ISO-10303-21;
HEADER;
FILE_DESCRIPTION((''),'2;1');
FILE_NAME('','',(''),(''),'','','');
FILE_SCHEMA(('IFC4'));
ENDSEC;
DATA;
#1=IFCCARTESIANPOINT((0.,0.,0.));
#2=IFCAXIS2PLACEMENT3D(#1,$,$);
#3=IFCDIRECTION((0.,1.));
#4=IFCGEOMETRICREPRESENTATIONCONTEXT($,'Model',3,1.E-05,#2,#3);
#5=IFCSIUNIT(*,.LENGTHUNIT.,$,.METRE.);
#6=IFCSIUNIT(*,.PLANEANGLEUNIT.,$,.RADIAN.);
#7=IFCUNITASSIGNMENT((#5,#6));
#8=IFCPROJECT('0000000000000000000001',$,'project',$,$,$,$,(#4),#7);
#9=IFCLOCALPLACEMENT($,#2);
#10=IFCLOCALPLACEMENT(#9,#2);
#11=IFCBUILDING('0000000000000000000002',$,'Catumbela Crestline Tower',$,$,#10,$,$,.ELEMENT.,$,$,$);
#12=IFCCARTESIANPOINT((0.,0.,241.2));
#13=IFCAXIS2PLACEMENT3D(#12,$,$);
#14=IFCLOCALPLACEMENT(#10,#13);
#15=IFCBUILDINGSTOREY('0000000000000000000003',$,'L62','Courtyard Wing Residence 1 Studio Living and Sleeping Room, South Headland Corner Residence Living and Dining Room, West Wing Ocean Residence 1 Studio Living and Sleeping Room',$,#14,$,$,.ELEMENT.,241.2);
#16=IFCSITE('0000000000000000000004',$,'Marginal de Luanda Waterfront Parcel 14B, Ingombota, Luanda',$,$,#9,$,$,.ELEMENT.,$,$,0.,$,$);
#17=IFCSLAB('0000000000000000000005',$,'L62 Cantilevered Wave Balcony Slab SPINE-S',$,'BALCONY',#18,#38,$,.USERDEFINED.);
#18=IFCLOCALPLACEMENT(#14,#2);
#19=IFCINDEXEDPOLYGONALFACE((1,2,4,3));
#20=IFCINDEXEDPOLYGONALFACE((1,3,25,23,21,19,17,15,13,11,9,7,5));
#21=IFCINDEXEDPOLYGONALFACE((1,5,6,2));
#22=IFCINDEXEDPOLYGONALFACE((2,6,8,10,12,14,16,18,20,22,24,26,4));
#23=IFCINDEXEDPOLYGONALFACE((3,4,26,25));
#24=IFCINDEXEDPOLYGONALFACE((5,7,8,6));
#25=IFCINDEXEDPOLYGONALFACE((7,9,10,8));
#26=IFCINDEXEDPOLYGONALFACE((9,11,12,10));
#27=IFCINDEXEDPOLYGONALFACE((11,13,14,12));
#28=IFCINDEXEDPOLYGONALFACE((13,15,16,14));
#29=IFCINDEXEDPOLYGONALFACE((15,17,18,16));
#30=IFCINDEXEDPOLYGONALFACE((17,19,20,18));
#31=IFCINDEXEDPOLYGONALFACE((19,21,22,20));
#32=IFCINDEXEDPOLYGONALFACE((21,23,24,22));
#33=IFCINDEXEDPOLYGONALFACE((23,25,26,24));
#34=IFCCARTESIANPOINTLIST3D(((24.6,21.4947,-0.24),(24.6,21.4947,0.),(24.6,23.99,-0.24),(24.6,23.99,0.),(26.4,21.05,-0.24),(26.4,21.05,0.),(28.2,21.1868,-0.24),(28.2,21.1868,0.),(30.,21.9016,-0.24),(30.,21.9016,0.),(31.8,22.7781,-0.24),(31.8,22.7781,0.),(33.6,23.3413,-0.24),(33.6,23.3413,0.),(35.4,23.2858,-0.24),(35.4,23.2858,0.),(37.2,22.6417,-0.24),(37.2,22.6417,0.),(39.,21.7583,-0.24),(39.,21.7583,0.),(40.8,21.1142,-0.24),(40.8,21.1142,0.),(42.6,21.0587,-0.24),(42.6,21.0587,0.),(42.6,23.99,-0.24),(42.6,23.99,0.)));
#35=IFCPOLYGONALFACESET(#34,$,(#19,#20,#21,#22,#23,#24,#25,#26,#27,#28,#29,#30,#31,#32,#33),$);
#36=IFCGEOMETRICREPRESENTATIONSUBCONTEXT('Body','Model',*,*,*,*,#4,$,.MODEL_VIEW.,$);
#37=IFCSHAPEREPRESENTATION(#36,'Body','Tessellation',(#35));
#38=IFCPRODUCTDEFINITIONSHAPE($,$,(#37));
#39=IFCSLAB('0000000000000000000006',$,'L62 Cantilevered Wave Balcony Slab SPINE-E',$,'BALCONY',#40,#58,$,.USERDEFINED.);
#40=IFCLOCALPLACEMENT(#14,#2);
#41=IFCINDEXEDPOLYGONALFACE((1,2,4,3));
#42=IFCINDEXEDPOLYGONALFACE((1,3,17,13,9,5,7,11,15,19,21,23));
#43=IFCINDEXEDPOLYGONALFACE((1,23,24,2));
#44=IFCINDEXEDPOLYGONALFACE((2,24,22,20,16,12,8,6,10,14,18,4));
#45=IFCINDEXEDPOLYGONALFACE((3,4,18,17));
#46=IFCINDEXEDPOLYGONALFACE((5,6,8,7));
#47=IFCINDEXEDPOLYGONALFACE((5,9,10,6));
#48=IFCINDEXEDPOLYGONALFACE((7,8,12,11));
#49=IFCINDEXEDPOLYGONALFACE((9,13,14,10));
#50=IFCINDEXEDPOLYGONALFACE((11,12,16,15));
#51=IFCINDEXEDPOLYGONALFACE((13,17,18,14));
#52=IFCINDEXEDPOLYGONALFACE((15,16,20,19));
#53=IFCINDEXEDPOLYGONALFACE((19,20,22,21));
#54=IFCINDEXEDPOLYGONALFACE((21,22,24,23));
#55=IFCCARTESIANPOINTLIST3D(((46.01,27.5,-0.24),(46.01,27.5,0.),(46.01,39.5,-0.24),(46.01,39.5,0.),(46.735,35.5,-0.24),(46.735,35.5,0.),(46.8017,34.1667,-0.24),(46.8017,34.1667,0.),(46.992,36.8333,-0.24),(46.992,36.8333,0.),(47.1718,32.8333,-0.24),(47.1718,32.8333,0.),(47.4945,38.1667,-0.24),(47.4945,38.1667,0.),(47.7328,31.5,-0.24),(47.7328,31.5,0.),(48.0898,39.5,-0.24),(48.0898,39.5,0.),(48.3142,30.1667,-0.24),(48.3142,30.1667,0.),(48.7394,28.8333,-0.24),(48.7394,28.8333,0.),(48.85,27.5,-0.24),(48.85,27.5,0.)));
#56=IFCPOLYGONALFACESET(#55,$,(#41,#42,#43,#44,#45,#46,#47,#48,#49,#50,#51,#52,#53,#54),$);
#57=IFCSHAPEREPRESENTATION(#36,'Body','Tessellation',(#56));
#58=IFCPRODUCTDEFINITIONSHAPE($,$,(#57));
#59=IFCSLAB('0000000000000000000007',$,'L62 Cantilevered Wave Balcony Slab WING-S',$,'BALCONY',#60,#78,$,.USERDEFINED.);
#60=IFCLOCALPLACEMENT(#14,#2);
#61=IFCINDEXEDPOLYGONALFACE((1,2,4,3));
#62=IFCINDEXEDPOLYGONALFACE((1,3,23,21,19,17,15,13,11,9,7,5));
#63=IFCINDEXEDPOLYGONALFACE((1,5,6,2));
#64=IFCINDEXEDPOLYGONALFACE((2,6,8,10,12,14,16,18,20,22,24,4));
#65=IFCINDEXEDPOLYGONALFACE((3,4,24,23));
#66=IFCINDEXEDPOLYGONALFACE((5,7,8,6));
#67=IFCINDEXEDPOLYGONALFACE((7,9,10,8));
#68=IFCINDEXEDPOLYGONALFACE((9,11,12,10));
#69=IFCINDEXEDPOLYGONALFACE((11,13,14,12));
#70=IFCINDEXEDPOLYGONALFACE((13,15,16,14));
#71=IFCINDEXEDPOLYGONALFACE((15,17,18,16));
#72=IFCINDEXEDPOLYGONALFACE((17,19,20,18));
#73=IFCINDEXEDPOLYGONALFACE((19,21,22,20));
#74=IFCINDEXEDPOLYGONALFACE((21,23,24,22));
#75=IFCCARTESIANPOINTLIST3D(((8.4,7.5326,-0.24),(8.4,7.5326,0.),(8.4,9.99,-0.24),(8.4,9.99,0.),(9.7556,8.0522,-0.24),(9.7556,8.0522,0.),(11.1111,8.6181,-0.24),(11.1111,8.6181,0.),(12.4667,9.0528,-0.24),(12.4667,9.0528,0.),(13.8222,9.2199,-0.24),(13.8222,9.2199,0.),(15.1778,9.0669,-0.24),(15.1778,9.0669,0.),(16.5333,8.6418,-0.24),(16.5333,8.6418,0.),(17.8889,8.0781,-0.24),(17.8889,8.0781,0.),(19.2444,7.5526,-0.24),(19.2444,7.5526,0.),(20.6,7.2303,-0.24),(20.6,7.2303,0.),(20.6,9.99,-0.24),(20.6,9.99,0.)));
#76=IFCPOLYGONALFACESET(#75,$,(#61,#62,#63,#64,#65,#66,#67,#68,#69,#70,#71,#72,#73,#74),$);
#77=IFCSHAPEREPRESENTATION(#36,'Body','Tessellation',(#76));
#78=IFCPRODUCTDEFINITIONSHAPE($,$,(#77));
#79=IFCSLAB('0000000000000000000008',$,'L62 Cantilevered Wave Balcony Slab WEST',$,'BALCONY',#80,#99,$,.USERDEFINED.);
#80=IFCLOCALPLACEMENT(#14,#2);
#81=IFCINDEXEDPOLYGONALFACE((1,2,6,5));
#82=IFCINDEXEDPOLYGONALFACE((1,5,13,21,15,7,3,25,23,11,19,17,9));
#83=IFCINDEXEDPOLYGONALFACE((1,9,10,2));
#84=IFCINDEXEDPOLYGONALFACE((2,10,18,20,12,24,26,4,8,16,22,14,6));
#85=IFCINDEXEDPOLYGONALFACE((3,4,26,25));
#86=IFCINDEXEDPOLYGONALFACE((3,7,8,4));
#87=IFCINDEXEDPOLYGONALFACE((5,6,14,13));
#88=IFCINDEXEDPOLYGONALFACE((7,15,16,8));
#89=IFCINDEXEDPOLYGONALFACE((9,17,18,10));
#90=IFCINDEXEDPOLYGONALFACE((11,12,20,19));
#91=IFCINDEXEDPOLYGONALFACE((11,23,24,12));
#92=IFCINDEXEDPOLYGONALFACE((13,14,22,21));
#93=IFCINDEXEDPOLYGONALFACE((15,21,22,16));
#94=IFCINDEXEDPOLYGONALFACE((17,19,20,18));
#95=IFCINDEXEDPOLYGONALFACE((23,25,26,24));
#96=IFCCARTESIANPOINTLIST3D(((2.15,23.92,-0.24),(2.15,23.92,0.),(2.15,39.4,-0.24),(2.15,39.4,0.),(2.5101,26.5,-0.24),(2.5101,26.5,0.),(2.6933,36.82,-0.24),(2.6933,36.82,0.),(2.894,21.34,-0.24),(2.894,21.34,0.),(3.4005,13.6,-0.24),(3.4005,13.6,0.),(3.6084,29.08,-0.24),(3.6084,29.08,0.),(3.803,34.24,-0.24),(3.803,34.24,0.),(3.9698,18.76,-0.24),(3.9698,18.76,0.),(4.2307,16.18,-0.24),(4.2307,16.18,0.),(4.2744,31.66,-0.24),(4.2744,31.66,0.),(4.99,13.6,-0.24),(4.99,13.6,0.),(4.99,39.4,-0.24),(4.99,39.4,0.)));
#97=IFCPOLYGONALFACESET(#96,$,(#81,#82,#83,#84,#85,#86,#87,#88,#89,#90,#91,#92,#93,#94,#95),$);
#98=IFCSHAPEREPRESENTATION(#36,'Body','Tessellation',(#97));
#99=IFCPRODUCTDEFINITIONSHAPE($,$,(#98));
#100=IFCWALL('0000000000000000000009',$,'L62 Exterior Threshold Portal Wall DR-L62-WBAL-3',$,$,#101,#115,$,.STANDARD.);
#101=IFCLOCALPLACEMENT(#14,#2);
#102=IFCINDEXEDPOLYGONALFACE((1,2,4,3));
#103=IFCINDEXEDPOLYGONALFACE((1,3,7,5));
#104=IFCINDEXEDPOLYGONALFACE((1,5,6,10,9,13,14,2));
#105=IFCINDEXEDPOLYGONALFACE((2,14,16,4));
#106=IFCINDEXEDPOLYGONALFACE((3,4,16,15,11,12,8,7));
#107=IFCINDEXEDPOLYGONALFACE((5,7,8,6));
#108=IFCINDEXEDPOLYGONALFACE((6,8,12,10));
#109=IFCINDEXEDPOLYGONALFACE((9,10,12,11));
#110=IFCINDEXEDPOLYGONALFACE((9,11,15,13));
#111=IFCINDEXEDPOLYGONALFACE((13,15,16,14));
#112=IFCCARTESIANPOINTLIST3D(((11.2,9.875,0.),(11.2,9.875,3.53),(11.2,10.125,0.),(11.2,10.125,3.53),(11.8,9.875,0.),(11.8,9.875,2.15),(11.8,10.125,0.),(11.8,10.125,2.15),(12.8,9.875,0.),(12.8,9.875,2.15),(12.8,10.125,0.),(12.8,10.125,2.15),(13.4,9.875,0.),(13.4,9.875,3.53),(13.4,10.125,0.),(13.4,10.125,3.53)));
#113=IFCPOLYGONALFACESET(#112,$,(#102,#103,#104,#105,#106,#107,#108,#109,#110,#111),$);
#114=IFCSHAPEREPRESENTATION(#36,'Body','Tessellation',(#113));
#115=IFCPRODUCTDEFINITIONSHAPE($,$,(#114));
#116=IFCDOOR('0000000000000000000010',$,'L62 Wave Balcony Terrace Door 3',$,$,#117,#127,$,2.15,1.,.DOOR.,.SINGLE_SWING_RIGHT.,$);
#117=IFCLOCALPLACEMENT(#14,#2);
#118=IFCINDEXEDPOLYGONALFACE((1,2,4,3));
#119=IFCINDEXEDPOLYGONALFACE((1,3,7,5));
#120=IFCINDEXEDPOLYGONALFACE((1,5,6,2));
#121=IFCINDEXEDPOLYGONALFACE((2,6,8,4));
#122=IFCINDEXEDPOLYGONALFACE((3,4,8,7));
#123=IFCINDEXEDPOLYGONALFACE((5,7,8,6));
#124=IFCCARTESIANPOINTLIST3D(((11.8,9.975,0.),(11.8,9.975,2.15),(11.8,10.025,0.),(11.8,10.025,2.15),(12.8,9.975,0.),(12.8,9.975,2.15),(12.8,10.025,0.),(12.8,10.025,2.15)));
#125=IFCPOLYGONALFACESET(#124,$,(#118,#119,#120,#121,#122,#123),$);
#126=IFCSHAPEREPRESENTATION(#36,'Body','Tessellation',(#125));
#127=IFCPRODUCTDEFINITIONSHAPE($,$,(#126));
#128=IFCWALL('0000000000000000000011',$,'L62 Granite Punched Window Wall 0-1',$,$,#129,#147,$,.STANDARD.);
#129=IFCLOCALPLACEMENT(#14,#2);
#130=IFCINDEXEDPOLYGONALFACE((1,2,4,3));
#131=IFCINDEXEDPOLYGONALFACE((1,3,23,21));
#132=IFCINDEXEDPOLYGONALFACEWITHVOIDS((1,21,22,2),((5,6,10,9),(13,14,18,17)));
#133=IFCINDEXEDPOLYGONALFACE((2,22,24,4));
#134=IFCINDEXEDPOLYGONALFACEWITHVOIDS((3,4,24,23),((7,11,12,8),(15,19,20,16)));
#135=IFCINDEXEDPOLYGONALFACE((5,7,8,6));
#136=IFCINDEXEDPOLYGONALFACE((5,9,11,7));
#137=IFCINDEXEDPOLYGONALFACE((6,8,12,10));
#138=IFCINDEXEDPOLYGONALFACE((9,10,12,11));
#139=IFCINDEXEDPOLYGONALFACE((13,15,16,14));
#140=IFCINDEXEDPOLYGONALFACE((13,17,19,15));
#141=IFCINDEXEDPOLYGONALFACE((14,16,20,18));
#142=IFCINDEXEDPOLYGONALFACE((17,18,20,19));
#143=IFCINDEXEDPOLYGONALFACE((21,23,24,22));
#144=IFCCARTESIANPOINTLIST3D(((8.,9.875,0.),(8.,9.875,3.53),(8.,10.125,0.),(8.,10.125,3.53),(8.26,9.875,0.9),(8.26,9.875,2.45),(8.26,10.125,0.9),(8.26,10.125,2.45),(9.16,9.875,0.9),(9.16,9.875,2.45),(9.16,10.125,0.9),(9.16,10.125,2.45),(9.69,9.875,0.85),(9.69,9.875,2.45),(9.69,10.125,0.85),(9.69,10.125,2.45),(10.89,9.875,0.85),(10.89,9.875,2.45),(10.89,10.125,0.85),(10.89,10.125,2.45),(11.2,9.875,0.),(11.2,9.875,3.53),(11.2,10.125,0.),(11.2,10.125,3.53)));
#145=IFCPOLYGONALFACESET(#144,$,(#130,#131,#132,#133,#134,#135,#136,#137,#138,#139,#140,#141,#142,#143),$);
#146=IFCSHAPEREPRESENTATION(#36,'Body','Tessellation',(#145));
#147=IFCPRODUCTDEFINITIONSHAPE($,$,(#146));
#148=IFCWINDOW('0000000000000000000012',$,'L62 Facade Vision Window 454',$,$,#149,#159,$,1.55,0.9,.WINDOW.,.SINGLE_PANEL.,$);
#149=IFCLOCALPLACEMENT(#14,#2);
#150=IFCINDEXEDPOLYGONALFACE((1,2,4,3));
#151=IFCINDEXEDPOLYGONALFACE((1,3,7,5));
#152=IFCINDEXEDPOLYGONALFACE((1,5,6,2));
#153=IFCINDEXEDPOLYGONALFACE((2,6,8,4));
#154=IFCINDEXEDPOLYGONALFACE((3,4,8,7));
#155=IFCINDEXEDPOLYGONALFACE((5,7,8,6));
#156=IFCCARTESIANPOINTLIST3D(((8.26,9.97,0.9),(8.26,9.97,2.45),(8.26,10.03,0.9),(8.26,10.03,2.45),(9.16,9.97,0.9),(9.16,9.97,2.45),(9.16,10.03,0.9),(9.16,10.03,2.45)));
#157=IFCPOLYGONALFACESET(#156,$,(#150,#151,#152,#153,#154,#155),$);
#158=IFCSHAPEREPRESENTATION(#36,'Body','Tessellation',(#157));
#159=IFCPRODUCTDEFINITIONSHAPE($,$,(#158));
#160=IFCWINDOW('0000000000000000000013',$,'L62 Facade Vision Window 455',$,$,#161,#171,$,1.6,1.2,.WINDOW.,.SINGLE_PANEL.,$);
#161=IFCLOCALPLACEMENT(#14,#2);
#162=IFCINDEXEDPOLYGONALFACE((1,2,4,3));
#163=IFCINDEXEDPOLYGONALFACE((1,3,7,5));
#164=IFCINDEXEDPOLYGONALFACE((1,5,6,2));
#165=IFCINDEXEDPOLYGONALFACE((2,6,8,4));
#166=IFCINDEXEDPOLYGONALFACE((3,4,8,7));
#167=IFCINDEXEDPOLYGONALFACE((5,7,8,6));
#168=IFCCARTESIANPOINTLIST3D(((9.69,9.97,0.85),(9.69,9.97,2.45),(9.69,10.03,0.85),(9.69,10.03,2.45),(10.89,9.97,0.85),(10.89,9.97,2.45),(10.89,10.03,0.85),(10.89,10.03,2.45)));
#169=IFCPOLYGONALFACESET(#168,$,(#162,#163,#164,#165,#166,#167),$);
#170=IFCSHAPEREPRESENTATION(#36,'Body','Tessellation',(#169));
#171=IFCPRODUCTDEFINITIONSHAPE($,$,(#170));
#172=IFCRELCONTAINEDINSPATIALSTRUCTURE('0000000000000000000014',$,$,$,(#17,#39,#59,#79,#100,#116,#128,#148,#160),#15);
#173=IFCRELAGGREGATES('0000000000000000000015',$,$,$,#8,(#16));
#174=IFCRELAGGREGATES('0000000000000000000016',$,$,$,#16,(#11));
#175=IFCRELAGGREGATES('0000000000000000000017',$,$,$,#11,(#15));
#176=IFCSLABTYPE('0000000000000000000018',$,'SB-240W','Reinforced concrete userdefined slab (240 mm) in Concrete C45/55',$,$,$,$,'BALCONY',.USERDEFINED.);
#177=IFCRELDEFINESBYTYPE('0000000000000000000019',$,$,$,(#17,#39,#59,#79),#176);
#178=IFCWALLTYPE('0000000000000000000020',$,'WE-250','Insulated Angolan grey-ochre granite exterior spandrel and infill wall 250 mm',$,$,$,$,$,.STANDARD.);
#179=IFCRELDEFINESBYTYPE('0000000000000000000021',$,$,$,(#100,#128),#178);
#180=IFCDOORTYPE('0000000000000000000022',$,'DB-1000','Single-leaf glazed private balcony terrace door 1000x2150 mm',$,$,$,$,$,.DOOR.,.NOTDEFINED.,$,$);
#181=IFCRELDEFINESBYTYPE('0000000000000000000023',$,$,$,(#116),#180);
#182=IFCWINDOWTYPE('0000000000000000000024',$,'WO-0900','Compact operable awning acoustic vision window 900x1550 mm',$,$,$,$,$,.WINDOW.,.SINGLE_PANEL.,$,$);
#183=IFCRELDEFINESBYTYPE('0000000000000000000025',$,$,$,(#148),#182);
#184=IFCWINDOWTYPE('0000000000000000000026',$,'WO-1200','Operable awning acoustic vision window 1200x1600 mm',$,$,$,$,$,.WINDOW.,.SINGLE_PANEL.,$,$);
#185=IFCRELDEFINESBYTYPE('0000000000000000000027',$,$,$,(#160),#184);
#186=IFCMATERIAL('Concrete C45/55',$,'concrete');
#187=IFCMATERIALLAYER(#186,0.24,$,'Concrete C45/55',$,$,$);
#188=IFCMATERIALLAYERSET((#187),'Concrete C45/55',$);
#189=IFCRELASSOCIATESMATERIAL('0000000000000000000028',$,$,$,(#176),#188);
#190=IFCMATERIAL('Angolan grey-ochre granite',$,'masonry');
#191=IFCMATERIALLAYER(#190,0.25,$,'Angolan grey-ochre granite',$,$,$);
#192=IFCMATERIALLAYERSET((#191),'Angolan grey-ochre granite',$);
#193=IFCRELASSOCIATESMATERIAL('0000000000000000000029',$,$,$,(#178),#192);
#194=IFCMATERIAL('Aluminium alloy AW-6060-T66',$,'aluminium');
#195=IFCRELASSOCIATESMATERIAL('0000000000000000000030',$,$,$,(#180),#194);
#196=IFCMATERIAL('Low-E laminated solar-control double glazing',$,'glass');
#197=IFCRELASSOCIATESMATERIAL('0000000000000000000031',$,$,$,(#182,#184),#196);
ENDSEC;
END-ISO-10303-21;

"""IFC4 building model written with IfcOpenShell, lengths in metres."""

from ifc_helpers import new_model, si_unit, direction, frame, frame_2d, origin, place, context, subcontext, project, spatial, polyline, rectangle, outline, extrude, material, layer, layer_set, type_object, element, fill, save


model = new_model("IFC4")

# Units and contexts
model_context = context("Model", 3, precision=1e-05, world=origin(), true_north=direction((0.0, 1.0)))
body_context = subcontext(model_context, "Body", "Model", "MODEL_VIEW")
ifc_project = project(units=[si_unit("LENGTHUNIT", "METRE"), si_unit("PLANEANGLEUNIT", "RADIAN")], contexts=[model_context])

# Site, building, storey
site_placement = place(None, origin())
site = spatial("IfcSite", under=ifc_project, at=site_placement, Name="Marginal de Luanda Waterfront Parcel 14B, Ingombota, Luanda", CompositionType="ELEMENT", RefElevation=0.0)
building_placement = place(site_placement, origin())
building = spatial("IfcBuilding", under=site, at=building_placement, Name="Catumbela Crestline Tower", CompositionType="ELEMENT")
storey_placement = place(building_placement, frame((0.0, 0.0, 241.2)))
storey = spatial("IfcBuildingStorey", under=building, at=storey_placement, Name="L62", Description="Courtyard Wing Residence 1 Studio Living and Sleeping Room, South Headland Corner Residence Living and Dining Room, West Wing Ocean Residence 1 Studio Living and Sleeping Room", CompositionType="ELEMENT", Elevation=241.2)

# Shared definitions
ifc_material_1 = material(Name="Aluminium alloy AW-6060-T66", Category="aluminium")
ifc_material_2 = material(Name="Low-E laminated solar-control double glazing", Category="glass")

# Shared definitions
ifc_material_3 = material(Name="Concrete C45/55", Category="concrete")

# Slabs
ifc_layer_1 = layer(ifc_material_3, 0.24, Name="Concrete C45/55")
ifc_layer_set_1 = layer_set([ifc_layer_1], Name="Concrete C45/55")
slab_type_1 = type_object("IfcSlabType", Name="SB-240W", Description="Reinforced concrete userdefined slab (240 mm) in Concrete C45/55", ElementType="BALCONY", PredefinedType="USERDEFINED", material=ifc_layer_set_1)
slab_1_placement = place(storey_placement, frame((0.0, 0.0, -0.24)))
element("IfcSlab", 1, at=slab_1_placement, inside=storey, type_object=slab_type_1, Name="L62 Cantilevered Wave Balcony Slab SPINE-S", ObjectType="BALCONY", PredefinedType="USERDEFINED", context=body_context, shape_type="SweptSolid", body=[
    extrude(outline(polyline([(24.6, 21.4947), (26.4, 21.05), (28.2, 21.1868), (30.0, 21.9016), (31.8, 22.7781), (33.6, 23.3413), (35.4, 23.2858), (37.2, 22.6417), (39.0, 21.7583), (40.8, 21.1142), (42.6, 21.0587), (42.6, 23.99), (24.6, 23.99), (24.6, 21.4947)])), origin(), (0.0, 0.0, 1.0), 0.24),
])
slab_2_placement = place(storey_placement, frame((0.0, 0.0, -0.24)))
element("IfcSlab", 2, at=slab_2_placement, inside=storey, type_object=slab_type_1, Name="L62 Cantilevered Wave Balcony Slab SPINE-E", ObjectType="BALCONY", PredefinedType="USERDEFINED", context=body_context, shape_type="SweptSolid", body=[
    extrude(outline(polyline([(46.01, 27.5), (48.85, 27.5), (48.7394, 28.8333), (48.3142, 30.1667), (47.7328, 31.5), (47.1718, 32.8333), (46.8017, 34.1667), (46.735, 35.5), (46.992, 36.8333), (47.4945, 38.1667), (48.0898, 39.5), (46.01, 39.5), (46.01, 27.5)])), origin(), (0.0, 0.0, 1.0), 0.24),
])
slab_3_placement = place(storey_placement, frame((0.0, 0.0, -0.24)))
element("IfcSlab", 3, at=slab_3_placement, inside=storey, type_object=slab_type_1, Name="L62 Cantilevered Wave Balcony Slab WING-S", ObjectType="BALCONY", PredefinedType="USERDEFINED", context=body_context, shape_type="SweptSolid", body=[
    extrude(outline(polyline([(8.4, 7.5326), (9.7556, 8.0522), (11.1111, 8.6181), (12.4667, 9.0528), (13.8222, 9.2199), (15.1778, 9.0669), (16.5333, 8.6418), (17.8889, 8.0781), (19.2444, 7.5526), (20.6, 7.2303), (20.6, 9.99), (8.4, 9.99), (8.4, 7.5326)])), origin(), (0.0, 0.0, 1.0), 0.24),
])
slab_4_placement = place(storey_placement, frame((0.0, 0.0, -0.24)))
element("IfcSlab", 4, at=slab_4_placement, inside=storey, type_object=slab_type_1, Name="L62 Cantilevered Wave Balcony Slab WEST", ObjectType="BALCONY", PredefinedType="USERDEFINED", context=body_context, shape_type="SweptSolid", body=[
    extrude(outline(polyline([(4.99, 39.4), (2.15, 39.4), (2.6933, 36.82), (3.803, 34.24), (4.2744, 31.66), (3.6084, 29.08), (2.5101, 26.5), (2.15, 23.92), (2.894, 21.34), (3.9698, 18.76), (4.2307, 16.18), (3.4005, 13.6), (4.99, 13.6), (4.99, 39.4)])), origin(), (0.0, 0.0, 1.0), 0.24),
])

# Wall, opening, door
ifc_material_4 = material(Name="Angolan grey-ochre granite", Category="masonry")
ifc_layer_2 = layer(ifc_material_4, 0.25, Name="Angolan grey-ochre granite")
ifc_layer_set_2 = layer_set([ifc_layer_2], Name="Angolan grey-ochre granite")
wall_type = type_object("IfcWallType", Name="WE-250", Description="Insulated Angolan grey-ochre granite exterior spandrel and infill wall 250 mm", PredefinedType="STANDARD", material=ifc_layer_set_2)
wall_1_placement = place(storey_placement, frame((11.2, 10.0, 0.0), z_axis=(0.0, 0.0, 1.0), x_axis=(1.0, 0.0, 0.0)))
wall_1 = element("IfcWall", 5, at=wall_1_placement, inside=storey, type_object=wall_type, Name="L62 Exterior Threshold Portal Wall DR-L62-WBAL-3", PredefinedType="STANDARD", context=body_context, shape_type="SweptSolid", body=[
    extrude(rectangle(XDim=2.2, YDim=0.25, at=frame_2d((1.1, 0.0))), origin(), (0.0, 0.0, 1.0), 3.53),
])
opening_1_placement = place(wall_1_placement, frame((0.6, 0.0, 0.0)))
opening_1 = element("IfcOpeningElement", 6, at=opening_1_placement, cuts=wall_1, PredefinedType="OPENING", context=body_context, shape_type="SweptSolid", body=[
    extrude(rectangle(XDim=1.0, YDim=2.15, at=frame_2d((0.5, 1.075))), frame((0.0, 0.135, 0.0), z_axis=(0.0, -1.0, 0.0), x_axis=(1.0, 0.0, 0.0)), (0.0, 0.0, 1.0), 0.27),
])
door_type = type_object("IfcDoorType", Name="DB-1000", Description="Single-leaf glazed private balcony terrace door 1000x2150 mm", OperationType="NOTDEFINED", PredefinedType="DOOR", material=ifc_material_1)
door_placement = place(opening_1_placement, origin())
door = element("IfcDoor", 7, at=door_placement, inside=storey, type_object=door_type, Name="L62 Wave Balcony Terrace Door 3", OperationType="SINGLE_SWING_RIGHT", OverallHeight=2.15, OverallWidth=1.0, PredefinedType="DOOR", context=body_context, shape_type="SweptSolid", body=[
    extrude(rectangle(XDim=1.0, YDim=2.15, at=frame_2d((0.5, 1.075))), frame((0.0, 0.025, 0.0), z_axis=(0.0, -1.0, 0.0), x_axis=(1.0, 0.0, 0.0)), (0.0, 0.0, 1.0), 0.05),
])
fill(opening_1, door)

# Wall, openings, windows
wall_2_placement = place(storey_placement, frame((8.0, 10.0, 0.0), z_axis=(0.0, 0.0, 1.0), x_axis=(1.0, 0.0, 0.0)))
wall_2 = element("IfcWall", 8, at=wall_2_placement, inside=storey, type_object=wall_type, Name="L62 Granite Punched Window Wall 0-1", PredefinedType="STANDARD", context=body_context, shape_type="SweptSolid", body=[
    extrude(rectangle(XDim=3.2, YDim=0.25, at=frame_2d((1.6, 0.0))), origin(), (0.0, 0.0, 1.0), 3.53),
])
opening_2_placement = place(wall_2_placement, frame((0.26, 0.0, 0.9)))
opening_2 = element("IfcOpeningElement", 9, at=opening_2_placement, cuts=wall_2, PredefinedType="OPENING", context=body_context, shape_type="SweptSolid", body=[
    extrude(rectangle(XDim=0.9, YDim=1.55, at=frame_2d((0.45, 0.775))), frame((0.0, 0.135, 0.0), z_axis=(0.0, -1.0, 0.0), x_axis=(1.0, 0.0, 0.0)), (0.0, 0.0, 1.0), 0.27),
])
opening_3_placement = place(wall_2_placement, frame((1.69, 0.0, 0.85)))
opening_3 = element("IfcOpeningElement", 10, at=opening_3_placement, cuts=wall_2, PredefinedType="OPENING", context=body_context, shape_type="SweptSolid", body=[
    extrude(rectangle(XDim=1.2, YDim=1.6, at=frame_2d((0.6, 0.8))), frame((0.0, 0.135, 0.0), z_axis=(0.0, -1.0, 0.0), x_axis=(1.0, 0.0, 0.0)), (0.0, 0.0, 1.0), 0.27),
])
window_type_1 = type_object("IfcWindowType", Name="WO-0900", Description="Compact operable awning acoustic vision window 900x1550 mm", PartitioningType="SINGLE_PANEL", PredefinedType="WINDOW", material=ifc_material_2)
window_1_placement = place(opening_2_placement, origin())
window_1 = element("IfcWindow", 11, at=window_1_placement, inside=storey, type_object=window_type_1, Name="L62 Facade Vision Window 454", OverallHeight=1.55, OverallWidth=0.9, PartitioningType="SINGLE_PANEL", PredefinedType="WINDOW", context=body_context, shape_type="SweptSolid", body=[
    extrude(rectangle(XDim=0.9, YDim=1.55, at=frame_2d((0.45, 0.775))), frame((0.0, 0.03, 0.0), z_axis=(0.0, -1.0, 0.0), x_axis=(1.0, 0.0, 0.0)), (0.0, 0.0, 1.0), 0.06),
])
fill(opening_2, window_1)
window_type_2 = type_object("IfcWindowType", Name="WO-1200", Description="Operable awning acoustic vision window 1200x1600 mm", PartitioningType="SINGLE_PANEL", PredefinedType="WINDOW", material=ifc_material_2)
window_2_placement = place(opening_3_placement, origin())
window_2 = element("IfcWindow", 12, at=window_2_placement, inside=storey, type_object=window_type_2, Name="L62 Facade Vision Window 455", OverallHeight=1.6, OverallWidth=1.2, PartitioningType="SINGLE_PANEL", PredefinedType="WINDOW", context=body_context, shape_type="SweptSolid", body=[
    extrude(rectangle(XDim=1.2, YDim=1.6, at=frame_2d((0.6, 0.8))), frame((0.0, 0.03, 0.0), z_axis=(0.0, -1.0, 0.0), x_axis=(1.0, 0.0, 0.0)), (0.0, 0.0, 1.0), 0.06),
])
fill(opening_3, window_2)

save(model, "model.ifc")
